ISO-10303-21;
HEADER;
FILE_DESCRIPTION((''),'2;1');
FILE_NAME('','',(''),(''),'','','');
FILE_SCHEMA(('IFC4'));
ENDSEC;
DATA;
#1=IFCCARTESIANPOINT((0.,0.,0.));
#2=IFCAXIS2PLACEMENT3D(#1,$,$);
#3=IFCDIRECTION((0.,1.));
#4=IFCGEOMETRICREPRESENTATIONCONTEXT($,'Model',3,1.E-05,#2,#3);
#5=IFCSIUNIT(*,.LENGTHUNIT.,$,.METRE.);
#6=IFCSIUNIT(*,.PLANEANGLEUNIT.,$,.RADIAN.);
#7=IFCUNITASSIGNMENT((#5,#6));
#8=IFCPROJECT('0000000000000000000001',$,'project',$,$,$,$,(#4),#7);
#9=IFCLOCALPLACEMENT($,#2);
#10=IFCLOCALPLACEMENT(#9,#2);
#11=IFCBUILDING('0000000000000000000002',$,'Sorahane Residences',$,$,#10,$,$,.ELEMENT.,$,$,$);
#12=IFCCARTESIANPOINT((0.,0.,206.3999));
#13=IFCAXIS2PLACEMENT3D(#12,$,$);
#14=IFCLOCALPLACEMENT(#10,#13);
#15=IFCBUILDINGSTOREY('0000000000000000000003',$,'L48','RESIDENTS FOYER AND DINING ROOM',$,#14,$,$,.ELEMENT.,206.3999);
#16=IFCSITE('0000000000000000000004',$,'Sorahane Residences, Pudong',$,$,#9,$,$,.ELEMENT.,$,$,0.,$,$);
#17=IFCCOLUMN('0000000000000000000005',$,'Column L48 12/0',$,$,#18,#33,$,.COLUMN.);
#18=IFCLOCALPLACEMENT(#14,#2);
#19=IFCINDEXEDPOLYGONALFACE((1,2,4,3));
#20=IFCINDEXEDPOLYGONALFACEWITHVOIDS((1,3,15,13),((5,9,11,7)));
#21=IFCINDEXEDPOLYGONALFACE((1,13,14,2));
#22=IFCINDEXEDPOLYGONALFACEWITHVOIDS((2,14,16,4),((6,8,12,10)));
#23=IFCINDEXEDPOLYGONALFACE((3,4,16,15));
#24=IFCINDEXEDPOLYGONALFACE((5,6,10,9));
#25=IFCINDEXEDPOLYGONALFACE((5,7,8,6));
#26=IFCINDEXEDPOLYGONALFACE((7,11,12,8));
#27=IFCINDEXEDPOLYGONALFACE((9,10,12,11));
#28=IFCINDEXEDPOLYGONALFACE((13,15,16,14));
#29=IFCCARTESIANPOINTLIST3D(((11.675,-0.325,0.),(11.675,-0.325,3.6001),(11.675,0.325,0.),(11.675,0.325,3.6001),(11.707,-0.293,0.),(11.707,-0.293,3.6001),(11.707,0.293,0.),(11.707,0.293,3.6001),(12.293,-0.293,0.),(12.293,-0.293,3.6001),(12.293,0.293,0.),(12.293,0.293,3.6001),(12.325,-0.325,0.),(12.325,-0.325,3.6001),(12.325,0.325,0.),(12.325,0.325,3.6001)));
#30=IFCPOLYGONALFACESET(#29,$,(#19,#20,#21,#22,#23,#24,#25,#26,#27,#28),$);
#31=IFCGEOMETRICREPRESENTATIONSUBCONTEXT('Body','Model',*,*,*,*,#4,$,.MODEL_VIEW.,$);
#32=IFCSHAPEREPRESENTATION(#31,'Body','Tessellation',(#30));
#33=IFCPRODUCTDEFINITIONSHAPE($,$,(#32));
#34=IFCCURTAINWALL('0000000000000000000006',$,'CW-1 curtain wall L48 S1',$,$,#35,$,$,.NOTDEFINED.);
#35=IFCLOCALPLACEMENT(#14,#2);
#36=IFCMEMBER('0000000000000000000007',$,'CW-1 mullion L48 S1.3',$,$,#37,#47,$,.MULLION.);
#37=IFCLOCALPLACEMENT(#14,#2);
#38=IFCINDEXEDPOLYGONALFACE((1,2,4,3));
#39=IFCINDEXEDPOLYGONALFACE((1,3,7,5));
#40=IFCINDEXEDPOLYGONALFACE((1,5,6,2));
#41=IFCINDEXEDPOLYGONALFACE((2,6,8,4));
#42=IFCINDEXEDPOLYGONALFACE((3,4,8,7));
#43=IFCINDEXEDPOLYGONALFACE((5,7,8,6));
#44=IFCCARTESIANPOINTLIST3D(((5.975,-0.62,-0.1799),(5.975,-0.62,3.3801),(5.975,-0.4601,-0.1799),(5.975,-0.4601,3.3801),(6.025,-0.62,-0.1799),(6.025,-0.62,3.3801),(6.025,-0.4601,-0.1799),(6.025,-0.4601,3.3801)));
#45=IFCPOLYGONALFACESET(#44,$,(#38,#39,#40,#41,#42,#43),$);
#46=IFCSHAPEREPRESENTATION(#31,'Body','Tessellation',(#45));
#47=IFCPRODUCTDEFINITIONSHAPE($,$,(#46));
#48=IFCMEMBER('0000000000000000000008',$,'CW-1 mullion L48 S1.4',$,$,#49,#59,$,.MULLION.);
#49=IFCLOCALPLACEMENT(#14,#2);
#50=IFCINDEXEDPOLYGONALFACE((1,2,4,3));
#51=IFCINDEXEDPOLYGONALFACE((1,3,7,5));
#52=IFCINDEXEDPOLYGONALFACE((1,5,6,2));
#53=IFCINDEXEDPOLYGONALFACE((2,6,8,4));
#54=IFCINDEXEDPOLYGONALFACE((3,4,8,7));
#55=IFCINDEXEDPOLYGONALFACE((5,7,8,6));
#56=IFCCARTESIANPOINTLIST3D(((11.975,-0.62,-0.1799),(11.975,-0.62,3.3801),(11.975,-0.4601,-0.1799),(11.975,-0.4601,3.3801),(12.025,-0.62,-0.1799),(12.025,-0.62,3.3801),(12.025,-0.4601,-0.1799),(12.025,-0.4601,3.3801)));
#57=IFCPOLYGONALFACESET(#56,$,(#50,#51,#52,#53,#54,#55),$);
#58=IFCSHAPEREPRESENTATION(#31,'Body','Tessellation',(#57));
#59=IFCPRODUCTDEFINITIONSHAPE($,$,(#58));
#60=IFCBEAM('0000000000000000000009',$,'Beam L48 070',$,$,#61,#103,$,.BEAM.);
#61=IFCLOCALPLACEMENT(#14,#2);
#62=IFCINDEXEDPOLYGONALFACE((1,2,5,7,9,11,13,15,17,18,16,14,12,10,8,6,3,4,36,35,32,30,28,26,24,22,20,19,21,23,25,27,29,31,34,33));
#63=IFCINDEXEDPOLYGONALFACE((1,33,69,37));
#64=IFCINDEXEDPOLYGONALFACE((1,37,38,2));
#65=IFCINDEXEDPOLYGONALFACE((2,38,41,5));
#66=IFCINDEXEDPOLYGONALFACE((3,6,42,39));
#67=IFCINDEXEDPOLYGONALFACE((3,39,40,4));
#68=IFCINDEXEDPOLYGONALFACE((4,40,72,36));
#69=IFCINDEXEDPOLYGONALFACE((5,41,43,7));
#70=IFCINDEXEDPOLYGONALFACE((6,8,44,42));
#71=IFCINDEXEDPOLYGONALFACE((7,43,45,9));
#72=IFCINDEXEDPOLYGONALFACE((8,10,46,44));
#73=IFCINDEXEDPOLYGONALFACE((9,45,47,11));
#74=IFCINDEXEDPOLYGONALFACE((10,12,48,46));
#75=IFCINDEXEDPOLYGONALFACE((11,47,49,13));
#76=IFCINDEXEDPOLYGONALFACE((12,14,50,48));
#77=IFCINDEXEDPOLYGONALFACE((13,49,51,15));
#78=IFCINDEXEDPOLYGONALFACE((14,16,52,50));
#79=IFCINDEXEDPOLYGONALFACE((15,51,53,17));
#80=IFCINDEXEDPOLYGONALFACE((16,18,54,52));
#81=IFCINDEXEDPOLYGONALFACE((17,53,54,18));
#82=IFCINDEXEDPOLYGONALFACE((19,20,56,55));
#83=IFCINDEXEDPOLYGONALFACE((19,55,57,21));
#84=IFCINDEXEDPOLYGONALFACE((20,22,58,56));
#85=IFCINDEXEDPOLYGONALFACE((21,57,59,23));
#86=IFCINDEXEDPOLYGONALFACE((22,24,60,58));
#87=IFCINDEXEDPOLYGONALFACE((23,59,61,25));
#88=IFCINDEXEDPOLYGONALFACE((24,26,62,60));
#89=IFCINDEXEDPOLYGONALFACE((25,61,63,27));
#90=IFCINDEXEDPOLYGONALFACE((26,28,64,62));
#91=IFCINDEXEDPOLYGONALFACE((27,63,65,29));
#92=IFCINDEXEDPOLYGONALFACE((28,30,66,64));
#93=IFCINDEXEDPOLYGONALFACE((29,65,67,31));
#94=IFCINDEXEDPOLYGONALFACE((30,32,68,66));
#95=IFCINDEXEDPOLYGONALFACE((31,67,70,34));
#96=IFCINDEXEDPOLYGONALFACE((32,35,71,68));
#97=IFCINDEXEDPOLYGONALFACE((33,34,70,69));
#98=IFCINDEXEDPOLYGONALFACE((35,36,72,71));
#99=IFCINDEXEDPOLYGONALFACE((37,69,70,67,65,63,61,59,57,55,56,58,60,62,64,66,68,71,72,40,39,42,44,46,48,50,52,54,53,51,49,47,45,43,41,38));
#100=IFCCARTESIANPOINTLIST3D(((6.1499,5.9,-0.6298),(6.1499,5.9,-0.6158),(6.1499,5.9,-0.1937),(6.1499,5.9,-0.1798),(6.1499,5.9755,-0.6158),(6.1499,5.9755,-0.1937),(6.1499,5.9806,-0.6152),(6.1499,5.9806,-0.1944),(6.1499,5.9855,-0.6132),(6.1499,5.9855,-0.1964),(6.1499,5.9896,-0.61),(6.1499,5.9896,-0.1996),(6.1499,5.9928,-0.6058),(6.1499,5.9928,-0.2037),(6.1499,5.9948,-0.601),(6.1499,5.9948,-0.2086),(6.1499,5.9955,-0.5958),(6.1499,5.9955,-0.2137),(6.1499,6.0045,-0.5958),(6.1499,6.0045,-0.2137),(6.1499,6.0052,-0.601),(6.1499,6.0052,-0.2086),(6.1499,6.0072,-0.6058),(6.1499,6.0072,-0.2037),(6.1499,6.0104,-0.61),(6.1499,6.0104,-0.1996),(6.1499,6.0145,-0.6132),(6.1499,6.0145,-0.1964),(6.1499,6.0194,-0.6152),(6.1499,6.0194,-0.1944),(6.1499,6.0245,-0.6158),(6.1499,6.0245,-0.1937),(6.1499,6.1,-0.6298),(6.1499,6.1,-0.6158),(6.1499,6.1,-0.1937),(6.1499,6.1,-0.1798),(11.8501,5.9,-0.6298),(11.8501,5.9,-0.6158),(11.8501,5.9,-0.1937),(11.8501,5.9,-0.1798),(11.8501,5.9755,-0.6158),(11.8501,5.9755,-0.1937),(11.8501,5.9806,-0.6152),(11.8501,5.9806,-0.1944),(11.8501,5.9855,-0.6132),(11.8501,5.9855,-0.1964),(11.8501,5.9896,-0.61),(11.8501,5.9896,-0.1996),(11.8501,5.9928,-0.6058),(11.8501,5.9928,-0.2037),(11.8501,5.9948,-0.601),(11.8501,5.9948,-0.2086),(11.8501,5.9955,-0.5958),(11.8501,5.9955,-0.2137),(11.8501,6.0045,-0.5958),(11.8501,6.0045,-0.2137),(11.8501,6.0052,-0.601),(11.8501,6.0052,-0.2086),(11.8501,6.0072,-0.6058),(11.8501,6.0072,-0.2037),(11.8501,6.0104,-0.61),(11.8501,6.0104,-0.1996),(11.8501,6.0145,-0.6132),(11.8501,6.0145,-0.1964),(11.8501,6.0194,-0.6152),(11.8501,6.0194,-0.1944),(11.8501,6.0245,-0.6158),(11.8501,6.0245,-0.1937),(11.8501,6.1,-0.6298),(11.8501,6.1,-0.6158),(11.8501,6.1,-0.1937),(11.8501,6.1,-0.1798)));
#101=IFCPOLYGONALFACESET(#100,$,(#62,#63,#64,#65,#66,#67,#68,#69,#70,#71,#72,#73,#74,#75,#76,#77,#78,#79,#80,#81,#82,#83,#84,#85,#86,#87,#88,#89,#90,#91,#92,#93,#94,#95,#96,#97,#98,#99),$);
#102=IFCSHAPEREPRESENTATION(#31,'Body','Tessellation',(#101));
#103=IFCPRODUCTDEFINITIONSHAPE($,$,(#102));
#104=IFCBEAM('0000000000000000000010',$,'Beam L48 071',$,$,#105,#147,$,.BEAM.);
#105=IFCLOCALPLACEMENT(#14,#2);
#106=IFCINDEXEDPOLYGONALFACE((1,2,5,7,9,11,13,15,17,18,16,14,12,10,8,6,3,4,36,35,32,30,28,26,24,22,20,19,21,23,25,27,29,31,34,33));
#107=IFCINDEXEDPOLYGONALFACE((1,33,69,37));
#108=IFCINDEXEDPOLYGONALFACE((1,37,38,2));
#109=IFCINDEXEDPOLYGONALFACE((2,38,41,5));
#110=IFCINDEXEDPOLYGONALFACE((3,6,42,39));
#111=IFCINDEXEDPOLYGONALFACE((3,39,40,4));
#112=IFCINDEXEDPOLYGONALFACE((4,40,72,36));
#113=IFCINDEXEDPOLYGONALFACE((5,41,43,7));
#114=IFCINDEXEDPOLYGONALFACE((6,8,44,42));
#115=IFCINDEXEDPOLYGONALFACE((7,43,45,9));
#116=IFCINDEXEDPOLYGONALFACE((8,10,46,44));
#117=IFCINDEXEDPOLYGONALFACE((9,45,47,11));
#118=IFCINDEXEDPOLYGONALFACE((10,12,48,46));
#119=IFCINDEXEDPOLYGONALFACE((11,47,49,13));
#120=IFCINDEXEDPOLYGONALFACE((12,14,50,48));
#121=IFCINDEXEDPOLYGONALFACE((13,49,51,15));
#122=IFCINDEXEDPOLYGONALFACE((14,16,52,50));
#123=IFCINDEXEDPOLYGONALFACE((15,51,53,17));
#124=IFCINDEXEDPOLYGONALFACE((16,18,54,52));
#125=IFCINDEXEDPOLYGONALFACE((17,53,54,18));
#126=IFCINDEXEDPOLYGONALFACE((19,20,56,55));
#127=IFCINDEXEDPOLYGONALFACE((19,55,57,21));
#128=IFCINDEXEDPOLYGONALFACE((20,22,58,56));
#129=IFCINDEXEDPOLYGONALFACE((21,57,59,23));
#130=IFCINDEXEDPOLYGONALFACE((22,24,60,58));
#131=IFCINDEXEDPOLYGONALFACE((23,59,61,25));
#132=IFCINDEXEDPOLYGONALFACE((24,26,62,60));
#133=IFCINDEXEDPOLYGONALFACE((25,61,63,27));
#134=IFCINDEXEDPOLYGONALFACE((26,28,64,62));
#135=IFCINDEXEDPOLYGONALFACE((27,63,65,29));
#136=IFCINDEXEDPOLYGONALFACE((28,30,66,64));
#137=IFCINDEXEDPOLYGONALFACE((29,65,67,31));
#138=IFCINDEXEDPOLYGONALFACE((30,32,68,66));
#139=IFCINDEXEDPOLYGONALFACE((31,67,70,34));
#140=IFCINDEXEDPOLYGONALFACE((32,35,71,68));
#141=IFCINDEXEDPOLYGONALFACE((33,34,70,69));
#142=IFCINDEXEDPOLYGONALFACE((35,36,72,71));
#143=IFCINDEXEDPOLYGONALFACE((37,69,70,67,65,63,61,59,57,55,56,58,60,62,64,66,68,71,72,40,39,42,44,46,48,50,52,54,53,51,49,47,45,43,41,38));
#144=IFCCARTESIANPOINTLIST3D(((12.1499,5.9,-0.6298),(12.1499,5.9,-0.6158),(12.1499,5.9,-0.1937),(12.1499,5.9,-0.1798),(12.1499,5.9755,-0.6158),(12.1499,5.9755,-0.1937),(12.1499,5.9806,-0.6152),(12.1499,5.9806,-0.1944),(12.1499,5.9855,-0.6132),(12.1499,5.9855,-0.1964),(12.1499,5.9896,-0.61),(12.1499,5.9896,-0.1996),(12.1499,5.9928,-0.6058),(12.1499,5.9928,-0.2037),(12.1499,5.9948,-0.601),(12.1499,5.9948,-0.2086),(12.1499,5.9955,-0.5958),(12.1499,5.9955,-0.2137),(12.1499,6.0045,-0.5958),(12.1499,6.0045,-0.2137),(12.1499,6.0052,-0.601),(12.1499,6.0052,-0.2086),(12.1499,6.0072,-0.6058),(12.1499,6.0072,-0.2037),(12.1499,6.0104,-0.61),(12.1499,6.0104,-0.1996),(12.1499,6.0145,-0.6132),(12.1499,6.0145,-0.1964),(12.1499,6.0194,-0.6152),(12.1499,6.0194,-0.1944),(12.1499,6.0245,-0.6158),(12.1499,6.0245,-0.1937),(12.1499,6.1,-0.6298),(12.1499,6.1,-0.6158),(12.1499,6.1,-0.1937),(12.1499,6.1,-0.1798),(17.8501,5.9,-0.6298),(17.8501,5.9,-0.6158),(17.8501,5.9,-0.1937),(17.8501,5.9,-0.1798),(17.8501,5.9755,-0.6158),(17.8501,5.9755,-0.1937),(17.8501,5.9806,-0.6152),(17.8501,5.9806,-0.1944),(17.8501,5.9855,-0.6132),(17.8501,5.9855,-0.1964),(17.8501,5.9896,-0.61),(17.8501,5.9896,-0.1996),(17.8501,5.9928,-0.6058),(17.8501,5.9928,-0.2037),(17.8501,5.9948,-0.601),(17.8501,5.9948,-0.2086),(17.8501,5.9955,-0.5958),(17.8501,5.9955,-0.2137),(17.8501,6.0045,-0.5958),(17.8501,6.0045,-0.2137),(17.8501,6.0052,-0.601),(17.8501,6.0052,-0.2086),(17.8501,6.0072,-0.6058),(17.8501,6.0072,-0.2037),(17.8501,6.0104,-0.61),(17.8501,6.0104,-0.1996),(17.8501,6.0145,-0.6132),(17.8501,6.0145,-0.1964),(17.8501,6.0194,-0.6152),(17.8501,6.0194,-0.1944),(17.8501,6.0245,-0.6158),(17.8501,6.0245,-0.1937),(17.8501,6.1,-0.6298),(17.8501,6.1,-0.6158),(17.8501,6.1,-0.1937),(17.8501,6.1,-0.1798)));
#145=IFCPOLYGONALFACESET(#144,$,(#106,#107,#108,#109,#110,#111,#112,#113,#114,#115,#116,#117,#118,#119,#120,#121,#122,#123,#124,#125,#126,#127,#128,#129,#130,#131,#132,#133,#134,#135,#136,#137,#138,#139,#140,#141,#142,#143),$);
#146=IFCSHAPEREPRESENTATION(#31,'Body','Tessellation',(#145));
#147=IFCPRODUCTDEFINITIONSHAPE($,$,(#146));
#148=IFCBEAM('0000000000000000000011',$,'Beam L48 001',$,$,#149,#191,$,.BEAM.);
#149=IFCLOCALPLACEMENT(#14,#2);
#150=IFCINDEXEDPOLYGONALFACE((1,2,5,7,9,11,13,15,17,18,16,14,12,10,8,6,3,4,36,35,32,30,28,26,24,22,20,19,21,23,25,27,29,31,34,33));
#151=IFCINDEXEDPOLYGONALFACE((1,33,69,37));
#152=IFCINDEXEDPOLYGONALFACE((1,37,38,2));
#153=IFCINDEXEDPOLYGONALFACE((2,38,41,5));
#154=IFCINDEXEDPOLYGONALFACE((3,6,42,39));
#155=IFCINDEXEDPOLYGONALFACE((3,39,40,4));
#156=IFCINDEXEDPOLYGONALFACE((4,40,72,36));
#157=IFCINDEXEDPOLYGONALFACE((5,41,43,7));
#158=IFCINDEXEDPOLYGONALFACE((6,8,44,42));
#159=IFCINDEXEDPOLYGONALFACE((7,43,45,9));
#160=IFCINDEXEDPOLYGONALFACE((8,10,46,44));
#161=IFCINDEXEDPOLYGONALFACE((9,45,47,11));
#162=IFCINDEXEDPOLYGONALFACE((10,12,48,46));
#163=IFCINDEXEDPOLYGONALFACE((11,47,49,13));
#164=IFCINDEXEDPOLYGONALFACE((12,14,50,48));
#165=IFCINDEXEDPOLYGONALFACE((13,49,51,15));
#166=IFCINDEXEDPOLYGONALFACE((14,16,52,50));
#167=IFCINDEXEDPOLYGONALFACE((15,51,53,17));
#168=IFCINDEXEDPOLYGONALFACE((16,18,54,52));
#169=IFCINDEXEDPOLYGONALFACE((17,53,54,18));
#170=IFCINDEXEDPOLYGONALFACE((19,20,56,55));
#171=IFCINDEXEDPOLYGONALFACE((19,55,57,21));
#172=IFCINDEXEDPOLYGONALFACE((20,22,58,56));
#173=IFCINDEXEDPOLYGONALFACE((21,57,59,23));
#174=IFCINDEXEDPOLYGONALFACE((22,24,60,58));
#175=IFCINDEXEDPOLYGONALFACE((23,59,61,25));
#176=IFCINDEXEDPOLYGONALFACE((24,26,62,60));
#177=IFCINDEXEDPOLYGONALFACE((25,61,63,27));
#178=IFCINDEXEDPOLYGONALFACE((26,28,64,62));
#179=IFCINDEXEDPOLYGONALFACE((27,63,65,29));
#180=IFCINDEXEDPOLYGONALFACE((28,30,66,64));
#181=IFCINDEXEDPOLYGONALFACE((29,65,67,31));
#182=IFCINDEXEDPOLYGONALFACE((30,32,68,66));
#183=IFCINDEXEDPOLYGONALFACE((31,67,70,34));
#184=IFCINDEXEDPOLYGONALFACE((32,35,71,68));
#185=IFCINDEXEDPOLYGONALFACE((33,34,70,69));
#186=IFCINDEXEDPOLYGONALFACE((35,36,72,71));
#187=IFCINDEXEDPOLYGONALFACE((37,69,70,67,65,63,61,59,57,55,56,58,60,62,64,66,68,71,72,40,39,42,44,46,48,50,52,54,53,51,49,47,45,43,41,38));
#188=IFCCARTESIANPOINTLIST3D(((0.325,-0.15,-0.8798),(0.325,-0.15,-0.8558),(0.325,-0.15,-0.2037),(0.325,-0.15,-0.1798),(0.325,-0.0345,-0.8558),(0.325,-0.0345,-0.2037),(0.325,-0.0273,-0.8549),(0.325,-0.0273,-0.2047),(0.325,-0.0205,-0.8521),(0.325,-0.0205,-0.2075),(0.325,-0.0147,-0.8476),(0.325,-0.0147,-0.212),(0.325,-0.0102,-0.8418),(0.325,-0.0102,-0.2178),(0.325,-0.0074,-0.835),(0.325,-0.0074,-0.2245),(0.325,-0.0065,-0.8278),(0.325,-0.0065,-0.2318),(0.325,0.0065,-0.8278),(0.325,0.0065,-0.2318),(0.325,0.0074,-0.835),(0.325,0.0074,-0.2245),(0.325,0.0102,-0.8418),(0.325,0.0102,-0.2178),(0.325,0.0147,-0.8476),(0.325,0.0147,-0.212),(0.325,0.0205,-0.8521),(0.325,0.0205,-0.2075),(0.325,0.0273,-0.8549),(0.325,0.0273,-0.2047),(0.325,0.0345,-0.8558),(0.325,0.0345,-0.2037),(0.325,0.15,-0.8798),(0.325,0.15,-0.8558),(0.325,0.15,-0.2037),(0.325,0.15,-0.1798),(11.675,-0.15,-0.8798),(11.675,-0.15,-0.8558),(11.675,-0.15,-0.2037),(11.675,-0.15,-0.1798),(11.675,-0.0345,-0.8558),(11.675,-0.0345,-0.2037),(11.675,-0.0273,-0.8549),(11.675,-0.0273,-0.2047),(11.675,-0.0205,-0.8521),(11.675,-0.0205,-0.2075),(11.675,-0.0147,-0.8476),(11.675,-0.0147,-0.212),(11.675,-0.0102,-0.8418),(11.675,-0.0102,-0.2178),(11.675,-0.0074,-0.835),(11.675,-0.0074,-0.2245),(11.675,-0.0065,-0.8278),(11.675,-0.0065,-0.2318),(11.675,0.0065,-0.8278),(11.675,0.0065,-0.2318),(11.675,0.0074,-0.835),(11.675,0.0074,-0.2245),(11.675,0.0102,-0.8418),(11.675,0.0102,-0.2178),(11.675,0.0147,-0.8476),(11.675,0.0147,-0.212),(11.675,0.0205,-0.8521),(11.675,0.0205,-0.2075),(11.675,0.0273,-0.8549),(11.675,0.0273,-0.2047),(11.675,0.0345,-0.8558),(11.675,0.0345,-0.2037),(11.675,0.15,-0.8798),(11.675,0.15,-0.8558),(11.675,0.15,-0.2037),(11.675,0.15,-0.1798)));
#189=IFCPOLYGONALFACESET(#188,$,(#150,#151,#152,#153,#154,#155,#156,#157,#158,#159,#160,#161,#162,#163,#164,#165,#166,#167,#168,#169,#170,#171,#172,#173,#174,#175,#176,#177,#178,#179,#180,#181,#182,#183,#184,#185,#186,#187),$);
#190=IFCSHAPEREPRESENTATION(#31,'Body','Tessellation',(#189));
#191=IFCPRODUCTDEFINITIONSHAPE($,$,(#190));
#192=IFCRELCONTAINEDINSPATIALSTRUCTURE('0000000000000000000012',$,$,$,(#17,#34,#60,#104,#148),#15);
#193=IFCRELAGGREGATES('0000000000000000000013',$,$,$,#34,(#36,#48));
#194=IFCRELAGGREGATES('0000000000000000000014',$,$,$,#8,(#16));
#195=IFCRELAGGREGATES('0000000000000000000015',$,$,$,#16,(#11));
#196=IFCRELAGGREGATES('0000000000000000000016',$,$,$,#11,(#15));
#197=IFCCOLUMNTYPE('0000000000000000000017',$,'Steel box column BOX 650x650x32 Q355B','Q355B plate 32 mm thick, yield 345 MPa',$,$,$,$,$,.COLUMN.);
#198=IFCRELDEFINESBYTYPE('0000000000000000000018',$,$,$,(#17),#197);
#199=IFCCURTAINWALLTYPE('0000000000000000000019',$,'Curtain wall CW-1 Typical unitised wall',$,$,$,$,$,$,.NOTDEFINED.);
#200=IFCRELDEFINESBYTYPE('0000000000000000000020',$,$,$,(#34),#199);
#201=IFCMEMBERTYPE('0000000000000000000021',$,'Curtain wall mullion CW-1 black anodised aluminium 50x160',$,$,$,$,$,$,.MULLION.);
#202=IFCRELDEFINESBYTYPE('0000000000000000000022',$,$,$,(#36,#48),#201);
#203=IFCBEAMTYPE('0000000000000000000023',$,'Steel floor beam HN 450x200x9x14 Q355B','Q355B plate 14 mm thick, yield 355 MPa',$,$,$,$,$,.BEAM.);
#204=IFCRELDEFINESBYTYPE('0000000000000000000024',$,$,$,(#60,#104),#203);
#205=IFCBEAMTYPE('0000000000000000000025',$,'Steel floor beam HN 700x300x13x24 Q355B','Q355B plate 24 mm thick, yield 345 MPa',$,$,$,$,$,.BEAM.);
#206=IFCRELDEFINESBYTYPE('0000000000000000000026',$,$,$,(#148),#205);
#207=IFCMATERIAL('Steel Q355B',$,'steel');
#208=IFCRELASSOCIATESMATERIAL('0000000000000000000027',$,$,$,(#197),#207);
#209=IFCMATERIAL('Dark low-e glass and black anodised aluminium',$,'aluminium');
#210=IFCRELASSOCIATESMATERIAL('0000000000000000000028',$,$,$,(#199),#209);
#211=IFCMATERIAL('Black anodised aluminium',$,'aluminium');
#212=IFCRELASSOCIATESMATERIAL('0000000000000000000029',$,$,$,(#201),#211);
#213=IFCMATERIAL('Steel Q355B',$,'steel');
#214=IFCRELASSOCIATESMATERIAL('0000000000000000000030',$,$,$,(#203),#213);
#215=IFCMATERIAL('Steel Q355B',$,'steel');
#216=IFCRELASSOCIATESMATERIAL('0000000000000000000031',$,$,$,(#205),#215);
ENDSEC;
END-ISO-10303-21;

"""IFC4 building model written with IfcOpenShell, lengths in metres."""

from ifc_helpers import new_model, si_unit, direction, frame, origin, origin_2d, place, context, subcontext, project, spatial, rectangle, hollow_rectangle, i_section, extrude, material, material_profile, profile_set, type_object, element, aggregate, save


model = new_model("IFC4")

# Units and contexts
model_context = context("Model", 3, precision=1e-05, world=origin(), true_north=direction((0.0, 1.0)))
body_context = subcontext(model_context, "Body", "Model", "MODEL_VIEW")
ifc_project = project(units=[si_unit("LENGTHUNIT", "METRE"), si_unit("PLANEANGLEUNIT", "RADIAN")], contexts=[model_context])

# Site, building, storey
site_placement = place(None, origin())
site = spatial("IfcSite", under=ifc_project, at=site_placement, Name="Sorahane Residences, Pudong", CompositionType="ELEMENT", RefElevation=0.0)
building_placement = place(site_placement, origin())
building = spatial("IfcBuilding", under=site, at=building_placement, Name="Sorahane Residences", CompositionType="ELEMENT")
storey_placement = place(building_placement, frame((0.0, 0.0, 206.3999)))
storey = spatial("IfcBuildingStorey", under=building, at=storey_placement, Name="L48", Description="RESIDENTS FOYER AND DINING ROOM", CompositionType="ELEMENT", Elevation=206.3999)

# Column
ifc_material_1 = material(Name="Steel Q355B", Category="steel")
ifc_material_profile_1 = material_profile(ifc_material_1, hollow_rectangle(XDim=0.6499, YDim=0.6499, WallThickness=0.032, at=origin_2d()), Name="BOX 650x650x32")
ifc_profile_set_1 = profile_set([ifc_material_profile_1], Name="Steel Q355B")
column_type = type_object("IfcColumnType", Name="Steel box column BOX 650x650x32 Q355B", Description="Q355B plate 32 mm thick, yield 345 MPa", PredefinedType="COLUMN", material=ifc_profile_set_1)
column_placement = place(storey_placement, frame((12.0, 0.0, 0.0), z_axis=(0.0, 0.0, 1.0), x_axis=(1.0, 0.0, 0.0)))
element("IfcColumn", 1, at=column_placement, inside=storey, type_object=column_type, Name="Column L48 12/0", PredefinedType="COLUMN", context=body_context, shape_type="SweptSolid", body=[
    extrude(hollow_rectangle(XDim=0.6499, YDim=0.6499, WallThickness=0.032, at=origin_2d()), origin(), (0.0, 0.0, 1.0), 3.6001),
])

# Curtain wall, members
ifc_material_2 = material(Name="Dark low-e glass and black anodised aluminium", Category="aluminium")
curtain_wall_type = type_object("IfcCurtainWallType", Name="Curtain wall CW-1 Typical unitised wall", PredefinedType="NOTDEFINED", material=ifc_material_2)
curtain_wall_placement = place(storey_placement, origin())
curtain_wall = element("IfcCurtainWall", 2, at=curtain_wall_placement, inside=storey, type_object=curtain_wall_type, Name="CW-1 curtain wall L48 S1", PredefinedType="NOTDEFINED")
ifc_material_3 = material(Name="Black anodised aluminium", Category="aluminium")
ifc_material_profile_2 = material_profile(ifc_material_3, rectangle(XDim=0.1599, YDim=0.05, at=origin_2d()), Name="Curtain wall mullion CW-1 black anodised aluminium 50x160")
ifc_profile_set_2 = profile_set([ifc_material_profile_2], Name="Black anodised aluminium")
member_type = type_object("IfcMemberType", Name="Curtain wall mullion CW-1 black anodised aluminium 50x160", PredefinedType="MULLION", material=ifc_profile_set_2)
member_1_placement = place(storey_placement, frame((6.0, -0.54, -0.1799), z_axis=(0.0, 0.0, 1.0), x_axis=(0.0, -1.0, 0.0)))
member_1 = element("IfcMember", 3, at=member_1_placement, type_object=member_type, Name="CW-1 mullion L48 S1.3", PredefinedType="MULLION", context=body_context, shape_type="SweptSolid", body=[
    extrude(rectangle(XDim=0.1599, YDim=0.05, at=origin_2d()), origin(), (0.0, 0.0, 1.0), 3.5601),
])
member_2_placement = place(storey_placement, frame((12.0, -0.54, -0.1799), z_axis=(0.0, 0.0, 1.0), x_axis=(0.0, -1.0, 0.0)))
member_2 = element("IfcMember", 4, at=member_2_placement, type_object=member_type, Name="CW-1 mullion L48 S1.4", PredefinedType="MULLION", context=body_context, shape_type="SweptSolid", body=[
    extrude(rectangle(XDim=0.1599, YDim=0.05, at=origin_2d()), origin(), (0.0, 0.0, 1.0), 3.5601),
])

# Beams
ifc_material_4 = material(Name="Steel Q355B", Category="steel")
ifc_material_profile_3 = material_profile(ifc_material_4, i_section(OverallWidth=0.2, OverallDepth=0.45, WebThickness=0.009, FlangeThickness=0.0139, FilletRadius=0.02, at=origin_2d()), Name="HN 450x200x9x14")
ifc_profile_set_3 = profile_set([ifc_material_profile_3], Name="Steel Q355B")
beam_type_1 = type_object("IfcBeamType", Name="Steel floor beam HN 450x200x9x14 Q355B", Description="Q355B plate 14 mm thick, yield 355 MPa", PredefinedType="BEAM", material=ifc_profile_set_3)
for number, where, z_axis, x_axis, name in (
    (5, (6.1499, 6.0, -0.4048), (1.0, 0.0, 0.0), (0.0, 1.0, 0.0), "Beam L48 070"),
    (6, (12.1499, 6.0, -0.4048), (1.0, 0.0, 0.0), (0.0, 1.0, 0.0), "Beam L48 071"),
):
    element("IfcBeam", number, at=place(storey_placement, frame(where, z_axis=z_axis, x_axis=x_axis)), inside=storey, type_object=beam_type_1, Name=name, PredefinedType="BEAM", context=body_context, shape_type="SweptSolid", body=[
        extrude(i_section(OverallWidth=0.2, OverallDepth=0.45, WebThickness=0.009, FlangeThickness=0.0139, FilletRadius=0.02, at=origin_2d()), origin(), (0.0, 0.0, 1.0), 5.7002),
    ])
ifc_material_5 = material(Name="Steel Q355B", Category="steel")
ifc_material_profile_4 = material_profile(ifc_material_5, i_section(OverallWidth=0.3, OverallDepth=0.7, WebThickness=0.0129, FlangeThickness=0.0239, FilletRadius=0.0281, at=origin_2d()), Name="HN 700x300x13x24")
ifc_profile_set_4 = profile_set([ifc_material_profile_4], Name="Steel Q355B")
beam_type_2 = type_object("IfcBeamType", Name="Steel floor beam HN 700x300x13x24 Q355B", Description="Q355B plate 24 mm thick, yield 345 MPa", PredefinedType="BEAM", material=ifc_profile_set_4)
for number, where, z_axis, x_axis, name in (
    (7, (0.325, 0.0, -0.5298), (1.0, 0.0, 0.0), (0.0, 1.0, 0.0), "Beam L48 001"),
):
    element("IfcBeam", number, at=place(storey_placement, frame(where, z_axis=z_axis, x_axis=x_axis)), inside=storey, type_object=beam_type_2, Name=name, PredefinedType="BEAM", context=body_context, shape_type="SweptSolid", body=[
        extrude(i_section(OverallWidth=0.3, OverallDepth=0.7, WebThickness=0.0129, FlangeThickness=0.0239, FilletRadius=0.0281, at=origin_2d()), origin(), (0.0, 0.0, 1.0), 11.3501),
    ])

aggregate(curtain_wall, [member_1, member_2])

save(model, "model.ifc")
